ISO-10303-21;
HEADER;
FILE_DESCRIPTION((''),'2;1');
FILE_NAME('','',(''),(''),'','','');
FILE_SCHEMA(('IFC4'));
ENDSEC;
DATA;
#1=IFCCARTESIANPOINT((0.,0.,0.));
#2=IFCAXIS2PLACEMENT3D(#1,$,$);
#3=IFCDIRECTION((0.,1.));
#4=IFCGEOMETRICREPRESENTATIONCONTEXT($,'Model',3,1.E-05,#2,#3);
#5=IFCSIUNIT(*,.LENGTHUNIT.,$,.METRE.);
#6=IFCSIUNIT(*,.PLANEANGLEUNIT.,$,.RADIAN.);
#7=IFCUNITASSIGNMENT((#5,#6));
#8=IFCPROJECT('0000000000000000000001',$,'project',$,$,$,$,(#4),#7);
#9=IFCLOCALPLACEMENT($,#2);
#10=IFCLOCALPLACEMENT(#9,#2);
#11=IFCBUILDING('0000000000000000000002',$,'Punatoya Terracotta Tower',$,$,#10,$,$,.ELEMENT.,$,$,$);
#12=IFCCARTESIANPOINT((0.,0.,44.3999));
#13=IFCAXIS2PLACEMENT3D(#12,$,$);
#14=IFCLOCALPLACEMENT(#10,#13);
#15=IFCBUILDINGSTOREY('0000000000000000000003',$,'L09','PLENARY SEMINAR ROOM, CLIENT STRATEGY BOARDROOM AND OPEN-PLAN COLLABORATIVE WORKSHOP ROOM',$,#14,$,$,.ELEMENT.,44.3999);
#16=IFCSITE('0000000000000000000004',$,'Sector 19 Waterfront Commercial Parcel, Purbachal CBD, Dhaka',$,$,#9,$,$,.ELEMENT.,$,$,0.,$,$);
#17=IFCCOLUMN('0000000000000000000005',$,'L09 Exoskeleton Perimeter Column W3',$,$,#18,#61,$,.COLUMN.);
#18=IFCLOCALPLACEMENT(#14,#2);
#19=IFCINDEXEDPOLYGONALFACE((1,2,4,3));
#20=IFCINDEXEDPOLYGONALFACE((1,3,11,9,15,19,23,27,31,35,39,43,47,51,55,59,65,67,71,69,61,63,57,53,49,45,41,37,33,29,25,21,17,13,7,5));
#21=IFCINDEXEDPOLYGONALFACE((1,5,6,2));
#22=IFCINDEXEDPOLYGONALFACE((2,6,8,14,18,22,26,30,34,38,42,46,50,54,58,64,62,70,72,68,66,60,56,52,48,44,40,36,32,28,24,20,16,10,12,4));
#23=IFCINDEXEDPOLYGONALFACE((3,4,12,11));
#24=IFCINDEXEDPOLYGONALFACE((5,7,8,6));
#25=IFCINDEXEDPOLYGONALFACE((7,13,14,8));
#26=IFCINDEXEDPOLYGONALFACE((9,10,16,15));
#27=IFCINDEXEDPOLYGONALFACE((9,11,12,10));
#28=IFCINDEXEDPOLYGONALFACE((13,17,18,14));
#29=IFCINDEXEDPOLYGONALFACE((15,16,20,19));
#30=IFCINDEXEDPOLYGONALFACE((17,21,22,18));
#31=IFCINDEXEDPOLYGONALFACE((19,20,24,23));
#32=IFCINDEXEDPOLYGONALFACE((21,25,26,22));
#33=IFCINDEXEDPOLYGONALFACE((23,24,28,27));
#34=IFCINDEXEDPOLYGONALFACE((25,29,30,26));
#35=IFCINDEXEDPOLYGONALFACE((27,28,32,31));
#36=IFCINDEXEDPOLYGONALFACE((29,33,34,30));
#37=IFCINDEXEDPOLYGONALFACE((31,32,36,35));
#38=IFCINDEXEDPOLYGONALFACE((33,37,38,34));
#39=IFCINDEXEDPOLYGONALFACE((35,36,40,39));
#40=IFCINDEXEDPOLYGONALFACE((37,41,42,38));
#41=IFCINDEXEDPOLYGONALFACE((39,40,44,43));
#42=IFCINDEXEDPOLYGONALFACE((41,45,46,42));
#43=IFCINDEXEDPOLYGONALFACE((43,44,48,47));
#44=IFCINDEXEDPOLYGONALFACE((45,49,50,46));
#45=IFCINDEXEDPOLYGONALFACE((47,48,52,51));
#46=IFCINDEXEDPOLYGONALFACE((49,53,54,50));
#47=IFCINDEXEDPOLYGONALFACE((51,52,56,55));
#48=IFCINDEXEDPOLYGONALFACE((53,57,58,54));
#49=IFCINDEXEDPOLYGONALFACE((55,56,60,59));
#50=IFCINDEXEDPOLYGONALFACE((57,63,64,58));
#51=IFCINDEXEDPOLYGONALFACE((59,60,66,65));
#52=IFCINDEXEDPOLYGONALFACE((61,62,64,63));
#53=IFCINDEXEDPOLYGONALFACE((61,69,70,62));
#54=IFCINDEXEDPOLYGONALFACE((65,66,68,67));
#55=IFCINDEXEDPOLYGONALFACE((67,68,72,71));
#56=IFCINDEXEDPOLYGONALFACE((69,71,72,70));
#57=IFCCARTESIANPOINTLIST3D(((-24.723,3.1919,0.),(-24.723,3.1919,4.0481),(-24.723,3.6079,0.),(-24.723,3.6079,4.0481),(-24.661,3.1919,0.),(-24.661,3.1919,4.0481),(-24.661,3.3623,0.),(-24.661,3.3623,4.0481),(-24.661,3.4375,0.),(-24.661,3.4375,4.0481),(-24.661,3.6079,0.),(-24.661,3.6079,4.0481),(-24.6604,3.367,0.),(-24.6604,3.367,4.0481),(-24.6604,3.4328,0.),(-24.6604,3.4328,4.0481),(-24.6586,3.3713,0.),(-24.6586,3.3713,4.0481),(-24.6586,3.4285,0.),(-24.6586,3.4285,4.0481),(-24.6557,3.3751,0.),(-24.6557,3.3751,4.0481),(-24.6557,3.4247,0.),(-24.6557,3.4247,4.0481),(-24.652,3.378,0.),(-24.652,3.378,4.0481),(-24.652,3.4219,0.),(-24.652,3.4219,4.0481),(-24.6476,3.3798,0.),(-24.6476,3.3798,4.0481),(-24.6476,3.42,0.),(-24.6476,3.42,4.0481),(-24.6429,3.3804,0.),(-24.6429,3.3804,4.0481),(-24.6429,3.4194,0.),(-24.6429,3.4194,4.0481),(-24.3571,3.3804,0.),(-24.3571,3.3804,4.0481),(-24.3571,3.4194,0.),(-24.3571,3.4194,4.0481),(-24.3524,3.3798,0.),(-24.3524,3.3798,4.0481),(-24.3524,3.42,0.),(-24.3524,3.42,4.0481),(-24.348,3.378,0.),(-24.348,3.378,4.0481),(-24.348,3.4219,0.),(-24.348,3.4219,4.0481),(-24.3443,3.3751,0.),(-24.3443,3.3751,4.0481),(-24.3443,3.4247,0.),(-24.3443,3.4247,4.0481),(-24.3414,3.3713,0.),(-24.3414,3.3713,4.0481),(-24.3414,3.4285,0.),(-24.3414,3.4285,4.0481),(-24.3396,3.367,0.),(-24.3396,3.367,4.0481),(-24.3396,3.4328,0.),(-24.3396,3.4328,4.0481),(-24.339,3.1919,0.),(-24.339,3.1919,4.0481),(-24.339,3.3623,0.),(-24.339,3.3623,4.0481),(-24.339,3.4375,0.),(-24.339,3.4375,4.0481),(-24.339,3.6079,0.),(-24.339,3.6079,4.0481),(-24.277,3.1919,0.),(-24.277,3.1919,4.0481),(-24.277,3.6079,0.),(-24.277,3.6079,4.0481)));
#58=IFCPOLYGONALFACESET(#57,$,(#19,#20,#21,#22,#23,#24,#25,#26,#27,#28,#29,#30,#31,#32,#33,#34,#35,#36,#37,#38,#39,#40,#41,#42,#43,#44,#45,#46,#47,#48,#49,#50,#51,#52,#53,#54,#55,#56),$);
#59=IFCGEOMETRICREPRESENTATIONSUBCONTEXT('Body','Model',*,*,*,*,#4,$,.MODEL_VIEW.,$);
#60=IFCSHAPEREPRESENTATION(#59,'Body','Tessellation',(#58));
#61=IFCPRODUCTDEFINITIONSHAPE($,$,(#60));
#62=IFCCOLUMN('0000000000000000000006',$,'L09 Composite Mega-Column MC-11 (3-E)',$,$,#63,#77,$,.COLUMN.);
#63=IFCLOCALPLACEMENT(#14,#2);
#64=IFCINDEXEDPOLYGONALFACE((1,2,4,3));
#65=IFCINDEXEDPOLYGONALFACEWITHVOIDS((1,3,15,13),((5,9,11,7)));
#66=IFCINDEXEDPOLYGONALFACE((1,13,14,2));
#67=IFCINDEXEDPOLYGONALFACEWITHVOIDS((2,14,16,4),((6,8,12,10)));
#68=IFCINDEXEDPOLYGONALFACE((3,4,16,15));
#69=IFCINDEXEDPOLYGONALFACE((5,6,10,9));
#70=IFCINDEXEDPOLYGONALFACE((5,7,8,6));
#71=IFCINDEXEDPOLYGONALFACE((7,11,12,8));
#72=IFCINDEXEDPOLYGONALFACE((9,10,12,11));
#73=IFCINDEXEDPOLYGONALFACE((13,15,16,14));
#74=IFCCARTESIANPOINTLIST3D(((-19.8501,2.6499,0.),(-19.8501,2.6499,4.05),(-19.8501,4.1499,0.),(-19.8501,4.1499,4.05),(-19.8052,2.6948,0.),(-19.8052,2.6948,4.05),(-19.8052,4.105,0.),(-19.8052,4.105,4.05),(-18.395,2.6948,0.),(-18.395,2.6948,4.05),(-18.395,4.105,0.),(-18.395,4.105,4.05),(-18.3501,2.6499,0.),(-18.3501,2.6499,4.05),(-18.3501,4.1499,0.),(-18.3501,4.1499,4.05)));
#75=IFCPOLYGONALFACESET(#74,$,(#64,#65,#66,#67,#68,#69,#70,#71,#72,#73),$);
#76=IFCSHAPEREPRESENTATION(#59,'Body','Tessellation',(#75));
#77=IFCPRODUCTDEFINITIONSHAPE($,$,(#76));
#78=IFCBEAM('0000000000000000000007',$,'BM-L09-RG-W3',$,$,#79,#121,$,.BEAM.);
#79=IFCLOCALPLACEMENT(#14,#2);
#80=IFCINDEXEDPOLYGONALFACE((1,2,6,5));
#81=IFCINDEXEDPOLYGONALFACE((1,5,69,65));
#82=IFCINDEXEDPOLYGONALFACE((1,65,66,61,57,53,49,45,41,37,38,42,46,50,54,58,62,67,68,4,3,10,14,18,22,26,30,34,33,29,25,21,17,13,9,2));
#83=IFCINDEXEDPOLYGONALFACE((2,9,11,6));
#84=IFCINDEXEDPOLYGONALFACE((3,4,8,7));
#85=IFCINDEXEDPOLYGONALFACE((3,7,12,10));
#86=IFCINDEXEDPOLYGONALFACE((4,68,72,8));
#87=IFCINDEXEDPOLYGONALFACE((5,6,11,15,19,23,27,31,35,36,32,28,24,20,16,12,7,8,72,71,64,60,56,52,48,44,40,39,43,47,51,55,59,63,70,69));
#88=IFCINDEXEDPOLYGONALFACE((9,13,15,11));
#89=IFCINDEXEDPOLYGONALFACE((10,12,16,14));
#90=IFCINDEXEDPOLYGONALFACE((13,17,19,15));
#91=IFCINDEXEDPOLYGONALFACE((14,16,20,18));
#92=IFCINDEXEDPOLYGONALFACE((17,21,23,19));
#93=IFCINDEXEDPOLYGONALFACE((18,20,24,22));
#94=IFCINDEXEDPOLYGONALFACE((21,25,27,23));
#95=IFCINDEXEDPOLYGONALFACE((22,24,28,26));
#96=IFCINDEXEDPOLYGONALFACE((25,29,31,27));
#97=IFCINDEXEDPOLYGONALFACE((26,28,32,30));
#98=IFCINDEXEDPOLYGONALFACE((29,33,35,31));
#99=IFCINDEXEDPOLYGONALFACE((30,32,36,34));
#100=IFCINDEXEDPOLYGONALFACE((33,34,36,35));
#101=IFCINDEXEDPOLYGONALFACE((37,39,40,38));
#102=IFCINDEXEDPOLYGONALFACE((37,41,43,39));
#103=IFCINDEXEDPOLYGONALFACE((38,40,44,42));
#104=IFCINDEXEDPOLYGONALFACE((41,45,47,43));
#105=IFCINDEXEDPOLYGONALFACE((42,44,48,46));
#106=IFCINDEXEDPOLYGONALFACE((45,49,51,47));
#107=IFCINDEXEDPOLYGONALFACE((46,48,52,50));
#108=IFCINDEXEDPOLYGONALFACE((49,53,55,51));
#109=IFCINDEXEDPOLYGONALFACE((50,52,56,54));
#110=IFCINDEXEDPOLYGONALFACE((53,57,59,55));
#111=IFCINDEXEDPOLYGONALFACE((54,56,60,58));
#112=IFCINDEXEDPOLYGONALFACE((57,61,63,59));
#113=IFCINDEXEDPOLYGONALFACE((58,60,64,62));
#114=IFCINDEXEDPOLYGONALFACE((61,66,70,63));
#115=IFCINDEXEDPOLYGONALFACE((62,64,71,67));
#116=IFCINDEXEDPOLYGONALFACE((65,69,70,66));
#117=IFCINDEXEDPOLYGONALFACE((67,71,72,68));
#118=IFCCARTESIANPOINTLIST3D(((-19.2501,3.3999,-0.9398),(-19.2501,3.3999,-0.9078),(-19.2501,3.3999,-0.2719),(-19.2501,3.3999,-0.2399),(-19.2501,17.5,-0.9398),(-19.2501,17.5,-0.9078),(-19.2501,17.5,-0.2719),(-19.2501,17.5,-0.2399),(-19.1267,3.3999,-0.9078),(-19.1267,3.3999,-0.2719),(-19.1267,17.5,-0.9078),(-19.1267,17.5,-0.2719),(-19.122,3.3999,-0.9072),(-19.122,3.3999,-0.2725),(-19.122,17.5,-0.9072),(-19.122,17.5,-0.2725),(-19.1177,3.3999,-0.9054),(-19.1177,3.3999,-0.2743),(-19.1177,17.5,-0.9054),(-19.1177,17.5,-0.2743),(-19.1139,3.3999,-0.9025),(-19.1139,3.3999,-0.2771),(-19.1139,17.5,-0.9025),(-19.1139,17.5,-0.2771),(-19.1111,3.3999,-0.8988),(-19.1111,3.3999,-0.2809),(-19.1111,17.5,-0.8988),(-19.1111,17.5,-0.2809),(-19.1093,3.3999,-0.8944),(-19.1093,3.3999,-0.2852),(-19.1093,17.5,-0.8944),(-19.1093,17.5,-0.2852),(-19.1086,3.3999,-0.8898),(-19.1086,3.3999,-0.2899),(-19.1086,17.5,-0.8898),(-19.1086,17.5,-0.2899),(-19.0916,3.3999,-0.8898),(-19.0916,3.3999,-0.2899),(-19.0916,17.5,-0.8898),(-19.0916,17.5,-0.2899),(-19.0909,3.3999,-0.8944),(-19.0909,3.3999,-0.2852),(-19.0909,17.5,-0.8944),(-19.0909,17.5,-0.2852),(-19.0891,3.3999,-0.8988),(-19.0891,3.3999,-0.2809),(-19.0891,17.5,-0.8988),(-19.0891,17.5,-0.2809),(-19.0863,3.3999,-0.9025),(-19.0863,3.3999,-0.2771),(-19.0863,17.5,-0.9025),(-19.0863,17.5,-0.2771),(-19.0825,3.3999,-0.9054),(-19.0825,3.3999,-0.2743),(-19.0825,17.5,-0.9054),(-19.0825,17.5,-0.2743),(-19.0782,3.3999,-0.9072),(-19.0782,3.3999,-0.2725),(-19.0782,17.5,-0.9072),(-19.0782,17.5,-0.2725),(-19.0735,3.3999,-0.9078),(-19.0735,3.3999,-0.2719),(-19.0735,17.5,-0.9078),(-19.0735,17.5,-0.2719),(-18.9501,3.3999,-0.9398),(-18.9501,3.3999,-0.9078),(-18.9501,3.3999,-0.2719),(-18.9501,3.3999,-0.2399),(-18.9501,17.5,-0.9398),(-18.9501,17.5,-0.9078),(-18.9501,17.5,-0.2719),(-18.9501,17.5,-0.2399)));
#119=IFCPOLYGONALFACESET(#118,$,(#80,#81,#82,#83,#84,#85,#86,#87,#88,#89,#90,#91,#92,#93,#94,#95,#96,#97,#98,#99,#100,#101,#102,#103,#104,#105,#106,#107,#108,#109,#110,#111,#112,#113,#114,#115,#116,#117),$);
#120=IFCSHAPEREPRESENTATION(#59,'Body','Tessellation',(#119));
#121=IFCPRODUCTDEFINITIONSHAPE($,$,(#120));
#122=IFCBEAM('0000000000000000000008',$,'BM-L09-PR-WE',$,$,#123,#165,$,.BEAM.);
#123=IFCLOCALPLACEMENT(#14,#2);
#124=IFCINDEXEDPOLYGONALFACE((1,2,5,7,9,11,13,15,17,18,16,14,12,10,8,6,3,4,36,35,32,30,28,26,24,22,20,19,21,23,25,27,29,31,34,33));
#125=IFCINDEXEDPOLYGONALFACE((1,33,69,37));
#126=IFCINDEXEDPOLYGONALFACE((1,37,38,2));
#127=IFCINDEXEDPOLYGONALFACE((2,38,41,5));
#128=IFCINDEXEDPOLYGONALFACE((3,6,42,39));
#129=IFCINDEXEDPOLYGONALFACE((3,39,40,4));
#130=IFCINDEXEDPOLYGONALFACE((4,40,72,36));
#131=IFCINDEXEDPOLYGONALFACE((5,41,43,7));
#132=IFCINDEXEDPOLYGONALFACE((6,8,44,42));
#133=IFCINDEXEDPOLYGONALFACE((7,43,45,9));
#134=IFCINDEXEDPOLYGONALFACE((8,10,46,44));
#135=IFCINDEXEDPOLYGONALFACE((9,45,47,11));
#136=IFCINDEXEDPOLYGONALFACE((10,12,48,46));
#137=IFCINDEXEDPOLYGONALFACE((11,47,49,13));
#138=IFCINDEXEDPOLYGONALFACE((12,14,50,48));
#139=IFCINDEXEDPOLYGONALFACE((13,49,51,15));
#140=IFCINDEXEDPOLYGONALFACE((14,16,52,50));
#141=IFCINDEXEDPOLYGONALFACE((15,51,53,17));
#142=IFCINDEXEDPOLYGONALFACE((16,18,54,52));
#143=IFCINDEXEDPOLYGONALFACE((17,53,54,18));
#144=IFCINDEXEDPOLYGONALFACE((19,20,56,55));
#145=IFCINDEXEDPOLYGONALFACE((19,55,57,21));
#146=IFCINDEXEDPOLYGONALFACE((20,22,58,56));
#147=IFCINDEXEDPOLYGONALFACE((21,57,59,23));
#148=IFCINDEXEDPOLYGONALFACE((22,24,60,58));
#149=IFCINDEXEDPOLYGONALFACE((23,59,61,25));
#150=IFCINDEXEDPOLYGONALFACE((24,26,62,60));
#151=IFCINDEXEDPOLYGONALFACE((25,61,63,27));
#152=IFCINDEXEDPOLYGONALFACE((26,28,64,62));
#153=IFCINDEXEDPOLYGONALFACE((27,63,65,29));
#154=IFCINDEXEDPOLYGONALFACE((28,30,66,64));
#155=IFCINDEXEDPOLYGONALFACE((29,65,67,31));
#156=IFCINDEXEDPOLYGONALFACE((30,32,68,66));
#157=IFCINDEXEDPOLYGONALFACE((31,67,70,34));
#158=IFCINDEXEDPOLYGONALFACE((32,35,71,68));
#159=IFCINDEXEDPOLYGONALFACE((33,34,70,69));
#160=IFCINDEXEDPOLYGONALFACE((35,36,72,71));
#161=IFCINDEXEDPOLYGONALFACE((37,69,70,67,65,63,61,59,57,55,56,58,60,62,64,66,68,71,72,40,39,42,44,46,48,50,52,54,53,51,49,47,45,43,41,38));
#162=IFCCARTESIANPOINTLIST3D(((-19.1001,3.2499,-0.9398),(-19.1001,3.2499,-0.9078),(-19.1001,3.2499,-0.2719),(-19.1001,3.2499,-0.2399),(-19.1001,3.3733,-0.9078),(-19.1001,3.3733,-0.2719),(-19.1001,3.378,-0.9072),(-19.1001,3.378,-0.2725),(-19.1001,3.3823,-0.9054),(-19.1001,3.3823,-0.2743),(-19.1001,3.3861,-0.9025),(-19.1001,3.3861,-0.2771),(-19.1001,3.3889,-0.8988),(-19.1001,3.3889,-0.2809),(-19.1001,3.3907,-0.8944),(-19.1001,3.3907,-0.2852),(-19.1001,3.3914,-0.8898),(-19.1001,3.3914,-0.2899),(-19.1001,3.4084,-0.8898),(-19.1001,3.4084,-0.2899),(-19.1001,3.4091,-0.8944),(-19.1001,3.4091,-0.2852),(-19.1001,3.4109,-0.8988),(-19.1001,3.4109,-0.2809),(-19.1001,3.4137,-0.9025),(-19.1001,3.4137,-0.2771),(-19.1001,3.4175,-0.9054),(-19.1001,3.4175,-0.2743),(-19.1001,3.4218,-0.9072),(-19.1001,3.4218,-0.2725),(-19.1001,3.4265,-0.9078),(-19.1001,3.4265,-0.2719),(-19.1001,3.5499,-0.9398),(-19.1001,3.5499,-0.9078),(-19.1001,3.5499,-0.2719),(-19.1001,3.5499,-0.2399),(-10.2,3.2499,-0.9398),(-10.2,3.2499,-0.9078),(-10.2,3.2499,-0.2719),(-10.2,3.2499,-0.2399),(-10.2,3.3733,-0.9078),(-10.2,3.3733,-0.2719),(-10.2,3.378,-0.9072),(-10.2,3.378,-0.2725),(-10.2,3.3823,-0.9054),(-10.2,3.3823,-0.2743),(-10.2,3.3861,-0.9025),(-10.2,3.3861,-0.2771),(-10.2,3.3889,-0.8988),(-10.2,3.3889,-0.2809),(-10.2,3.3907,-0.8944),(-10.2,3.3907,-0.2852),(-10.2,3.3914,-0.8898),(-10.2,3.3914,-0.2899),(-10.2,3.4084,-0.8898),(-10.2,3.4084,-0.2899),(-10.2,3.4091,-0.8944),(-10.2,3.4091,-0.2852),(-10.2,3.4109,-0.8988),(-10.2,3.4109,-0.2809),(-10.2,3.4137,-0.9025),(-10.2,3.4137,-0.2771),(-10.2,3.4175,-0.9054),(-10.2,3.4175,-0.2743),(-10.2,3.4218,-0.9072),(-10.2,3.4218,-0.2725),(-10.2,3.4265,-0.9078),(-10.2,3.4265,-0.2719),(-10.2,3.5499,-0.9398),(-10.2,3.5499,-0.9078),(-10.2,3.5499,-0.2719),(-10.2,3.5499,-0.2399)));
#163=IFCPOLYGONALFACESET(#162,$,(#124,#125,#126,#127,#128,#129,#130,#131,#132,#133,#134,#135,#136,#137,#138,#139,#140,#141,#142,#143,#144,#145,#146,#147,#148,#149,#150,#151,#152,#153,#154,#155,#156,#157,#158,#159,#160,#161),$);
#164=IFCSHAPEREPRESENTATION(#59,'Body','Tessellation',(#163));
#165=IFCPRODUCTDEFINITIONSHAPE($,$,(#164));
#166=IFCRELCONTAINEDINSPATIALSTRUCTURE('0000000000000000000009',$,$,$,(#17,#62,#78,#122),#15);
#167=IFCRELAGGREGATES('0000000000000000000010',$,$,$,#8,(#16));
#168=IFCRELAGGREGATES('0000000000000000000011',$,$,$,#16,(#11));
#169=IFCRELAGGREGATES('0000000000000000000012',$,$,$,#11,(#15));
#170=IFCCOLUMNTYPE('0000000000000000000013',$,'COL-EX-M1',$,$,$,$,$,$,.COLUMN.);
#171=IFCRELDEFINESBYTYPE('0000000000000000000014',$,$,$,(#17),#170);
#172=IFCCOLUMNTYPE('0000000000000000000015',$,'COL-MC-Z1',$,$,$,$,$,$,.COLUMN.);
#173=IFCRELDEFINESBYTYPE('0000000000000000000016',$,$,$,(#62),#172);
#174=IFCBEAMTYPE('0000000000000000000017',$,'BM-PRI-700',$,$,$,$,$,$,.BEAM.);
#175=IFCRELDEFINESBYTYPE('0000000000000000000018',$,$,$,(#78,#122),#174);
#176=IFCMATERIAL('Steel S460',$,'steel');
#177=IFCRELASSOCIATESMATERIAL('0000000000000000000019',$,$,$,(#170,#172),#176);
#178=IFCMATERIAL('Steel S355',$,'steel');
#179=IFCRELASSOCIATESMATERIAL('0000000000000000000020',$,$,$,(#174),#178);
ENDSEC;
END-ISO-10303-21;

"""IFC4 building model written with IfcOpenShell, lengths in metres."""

from ifc_helpers import new_model, si_unit, direction, frame, origin, origin_2d, place, context, subcontext, project, spatial, hollow_rectangle, i_section, extrude, material, material_profile, profile_set, type_object, element, save


model = new_model("IFC4")

# Units and contexts
model_context = context("Model", 3, precision=1e-05, world=origin(), true_north=direction((0.0, 1.0)))
body_context = subcontext(model_context, "Body", "Model", "MODEL_VIEW")
ifc_project = project(units=[si_unit("LENGTHUNIT", "METRE"), si_unit("PLANEANGLEUNIT", "RADIAN")], contexts=[model_context])

# Site, building, storey
site_placement = place(None, origin())
site = spatial("IfcSite", under=ifc_project, at=site_placement, Name="Sector 19 Waterfront Commercial Parcel, Purbachal CBD, Dhaka", CompositionType="ELEMENT", RefElevation=0.0)
building_placement = place(site_placement, origin())
building = spatial("IfcBuilding", under=site, at=building_placement, Name="Punatoya Terracotta Tower", CompositionType="ELEMENT")
storey_placement = place(building_placement, frame((0.0, 0.0, 44.3999)))
storey = spatial("IfcBuildingStorey", under=building, at=storey_placement, Name="L09", Description="PLENARY SEMINAR ROOM, CLIENT STRATEGY BOARDROOM AND OPEN-PLAN COLLABORATIVE WORKSHOP ROOM", CompositionType="ELEMENT", Elevation=44.3999)

# Columns
ifc_material_1 = material(Name="Steel S460", Category="steel")
ifc_material_profile_1 = material_profile(ifc_material_1, i_section(OverallWidth=0.416, OverallDepth=0.446, WebThickness=0.0391, FlangeThickness=0.062, FilletRadius=0.0181, at=origin_2d()))
ifc_profile_set_1 = profile_set([ifc_material_profile_1], Name="Steel S460")
column_type_1 = type_object("IfcColumnType", Name="COL-EX-M1", PredefinedType="COLUMN", material=ifc_profile_set_1)
column_1_placement = place(storey_placement, frame((-24.5, 3.3999, 0.0), z_axis=(0.0, 0.0, 1.0), x_axis=(0.0, 1.0, 0.0)))
element("IfcColumn", 1, at=column_1_placement, inside=storey, type_object=column_type_1, Name="L09 Exoskeleton Perimeter Column W3", PredefinedType="COLUMN", context=body_context, shape_type="SweptSolid", body=[
    extrude(i_section(OverallWidth=0.416, OverallDepth=0.446, WebThickness=0.0391, FlangeThickness=0.062, FilletRadius=0.0181, at=origin_2d()), origin(), (0.0, 0.0, 1.0), 4.0481),
])
ifc_material_profile_2 = material_profile(ifc_material_1, hollow_rectangle(XDim=1.5, YDim=1.5, WallThickness=0.0449, at=origin_2d()))
ifc_profile_set_2 = profile_set([ifc_material_profile_2], Name="Steel S460")
column_type_2 = type_object("IfcColumnType", Name="COL-MC-Z1", PredefinedType="COLUMN", material=ifc_profile_set_2)
column_2_placement = place(storey_placement, frame((-19.1001, 3.3999, 0.0), z_axis=(0.0, 0.0, 1.0), x_axis=(1.0, 0.0, 0.0)))
element("IfcColumn", 2, at=column_2_placement, inside=storey, type_object=column_type_2, Name="L09 Composite Mega-Column MC-11 (3-E)", PredefinedType="COLUMN", context=body_context, shape_type="SweptSolid", body=[
    extrude(hollow_rectangle(XDim=1.5, YDim=1.5, WallThickness=0.0449, at=origin_2d()), origin(), (0.0, 0.0, 1.0), 4.05),
])

# Beams
ifc_material_2 = material(Name="Steel S355", Category="steel")
ifc_material_profile_3 = material_profile(ifc_material_2, i_section(OverallWidth=0.3, OverallDepth=0.7, WebThickness=0.0171, FlangeThickness=0.032, FilletRadius=0.0181, at=origin_2d()))
ifc_profile_set_3 = profile_set([ifc_material_profile_3], Name="Steel S355")
beam_type_1 = type_object("IfcBeamType", Name="BM-PRI-700", PredefinedType="BEAM", material=ifc_profile_set_3)
beam_1_placement = place(storey_placement, frame((-19.1001, 3.3999, -0.5898), z_axis=(0.0, 1.0, 0.0), x_axis=(-1.0, 0.0, 0.0)))
element("IfcBeam", 3, at=beam_1_placement, inside=storey, type_object=beam_type_1, Name="BM-L09-RG-W3", PredefinedType="BEAM", context=body_context, shape_type="SweptSolid", body=[
    extrude(i_section(OverallWidth=0.3, OverallDepth=0.7, WebThickness=0.0171, FlangeThickness=0.032, FilletRadius=0.0181, at=origin_2d()), origin(), (0.0, 0.0, 1.0), 14.1001),
])
for number, where, z_axis, x_axis, name in (
    (4, (-19.1001, 3.3999, -0.5898), (1.0, 0.0, 0.0), (0.0, 1.0, 0.0), "BM-L09-PR-WE"),
):
    element("IfcBeam", number, at=place(storey_placement, frame(where, z_axis=z_axis, x_axis=x_axis)), inside=storey, type_object=beam_type_1, Name=name, PredefinedType="BEAM", context=body_context, shape_type="SweptSolid", body=[
        extrude(i_section(OverallWidth=0.3, OverallDepth=0.7, WebThickness=0.0171, FlangeThickness=0.032, FilletRadius=0.0181, at=origin_2d()), origin(), (0.0, 0.0, 1.0), 8.9001),
    ])

save(model, "model.ifc")
